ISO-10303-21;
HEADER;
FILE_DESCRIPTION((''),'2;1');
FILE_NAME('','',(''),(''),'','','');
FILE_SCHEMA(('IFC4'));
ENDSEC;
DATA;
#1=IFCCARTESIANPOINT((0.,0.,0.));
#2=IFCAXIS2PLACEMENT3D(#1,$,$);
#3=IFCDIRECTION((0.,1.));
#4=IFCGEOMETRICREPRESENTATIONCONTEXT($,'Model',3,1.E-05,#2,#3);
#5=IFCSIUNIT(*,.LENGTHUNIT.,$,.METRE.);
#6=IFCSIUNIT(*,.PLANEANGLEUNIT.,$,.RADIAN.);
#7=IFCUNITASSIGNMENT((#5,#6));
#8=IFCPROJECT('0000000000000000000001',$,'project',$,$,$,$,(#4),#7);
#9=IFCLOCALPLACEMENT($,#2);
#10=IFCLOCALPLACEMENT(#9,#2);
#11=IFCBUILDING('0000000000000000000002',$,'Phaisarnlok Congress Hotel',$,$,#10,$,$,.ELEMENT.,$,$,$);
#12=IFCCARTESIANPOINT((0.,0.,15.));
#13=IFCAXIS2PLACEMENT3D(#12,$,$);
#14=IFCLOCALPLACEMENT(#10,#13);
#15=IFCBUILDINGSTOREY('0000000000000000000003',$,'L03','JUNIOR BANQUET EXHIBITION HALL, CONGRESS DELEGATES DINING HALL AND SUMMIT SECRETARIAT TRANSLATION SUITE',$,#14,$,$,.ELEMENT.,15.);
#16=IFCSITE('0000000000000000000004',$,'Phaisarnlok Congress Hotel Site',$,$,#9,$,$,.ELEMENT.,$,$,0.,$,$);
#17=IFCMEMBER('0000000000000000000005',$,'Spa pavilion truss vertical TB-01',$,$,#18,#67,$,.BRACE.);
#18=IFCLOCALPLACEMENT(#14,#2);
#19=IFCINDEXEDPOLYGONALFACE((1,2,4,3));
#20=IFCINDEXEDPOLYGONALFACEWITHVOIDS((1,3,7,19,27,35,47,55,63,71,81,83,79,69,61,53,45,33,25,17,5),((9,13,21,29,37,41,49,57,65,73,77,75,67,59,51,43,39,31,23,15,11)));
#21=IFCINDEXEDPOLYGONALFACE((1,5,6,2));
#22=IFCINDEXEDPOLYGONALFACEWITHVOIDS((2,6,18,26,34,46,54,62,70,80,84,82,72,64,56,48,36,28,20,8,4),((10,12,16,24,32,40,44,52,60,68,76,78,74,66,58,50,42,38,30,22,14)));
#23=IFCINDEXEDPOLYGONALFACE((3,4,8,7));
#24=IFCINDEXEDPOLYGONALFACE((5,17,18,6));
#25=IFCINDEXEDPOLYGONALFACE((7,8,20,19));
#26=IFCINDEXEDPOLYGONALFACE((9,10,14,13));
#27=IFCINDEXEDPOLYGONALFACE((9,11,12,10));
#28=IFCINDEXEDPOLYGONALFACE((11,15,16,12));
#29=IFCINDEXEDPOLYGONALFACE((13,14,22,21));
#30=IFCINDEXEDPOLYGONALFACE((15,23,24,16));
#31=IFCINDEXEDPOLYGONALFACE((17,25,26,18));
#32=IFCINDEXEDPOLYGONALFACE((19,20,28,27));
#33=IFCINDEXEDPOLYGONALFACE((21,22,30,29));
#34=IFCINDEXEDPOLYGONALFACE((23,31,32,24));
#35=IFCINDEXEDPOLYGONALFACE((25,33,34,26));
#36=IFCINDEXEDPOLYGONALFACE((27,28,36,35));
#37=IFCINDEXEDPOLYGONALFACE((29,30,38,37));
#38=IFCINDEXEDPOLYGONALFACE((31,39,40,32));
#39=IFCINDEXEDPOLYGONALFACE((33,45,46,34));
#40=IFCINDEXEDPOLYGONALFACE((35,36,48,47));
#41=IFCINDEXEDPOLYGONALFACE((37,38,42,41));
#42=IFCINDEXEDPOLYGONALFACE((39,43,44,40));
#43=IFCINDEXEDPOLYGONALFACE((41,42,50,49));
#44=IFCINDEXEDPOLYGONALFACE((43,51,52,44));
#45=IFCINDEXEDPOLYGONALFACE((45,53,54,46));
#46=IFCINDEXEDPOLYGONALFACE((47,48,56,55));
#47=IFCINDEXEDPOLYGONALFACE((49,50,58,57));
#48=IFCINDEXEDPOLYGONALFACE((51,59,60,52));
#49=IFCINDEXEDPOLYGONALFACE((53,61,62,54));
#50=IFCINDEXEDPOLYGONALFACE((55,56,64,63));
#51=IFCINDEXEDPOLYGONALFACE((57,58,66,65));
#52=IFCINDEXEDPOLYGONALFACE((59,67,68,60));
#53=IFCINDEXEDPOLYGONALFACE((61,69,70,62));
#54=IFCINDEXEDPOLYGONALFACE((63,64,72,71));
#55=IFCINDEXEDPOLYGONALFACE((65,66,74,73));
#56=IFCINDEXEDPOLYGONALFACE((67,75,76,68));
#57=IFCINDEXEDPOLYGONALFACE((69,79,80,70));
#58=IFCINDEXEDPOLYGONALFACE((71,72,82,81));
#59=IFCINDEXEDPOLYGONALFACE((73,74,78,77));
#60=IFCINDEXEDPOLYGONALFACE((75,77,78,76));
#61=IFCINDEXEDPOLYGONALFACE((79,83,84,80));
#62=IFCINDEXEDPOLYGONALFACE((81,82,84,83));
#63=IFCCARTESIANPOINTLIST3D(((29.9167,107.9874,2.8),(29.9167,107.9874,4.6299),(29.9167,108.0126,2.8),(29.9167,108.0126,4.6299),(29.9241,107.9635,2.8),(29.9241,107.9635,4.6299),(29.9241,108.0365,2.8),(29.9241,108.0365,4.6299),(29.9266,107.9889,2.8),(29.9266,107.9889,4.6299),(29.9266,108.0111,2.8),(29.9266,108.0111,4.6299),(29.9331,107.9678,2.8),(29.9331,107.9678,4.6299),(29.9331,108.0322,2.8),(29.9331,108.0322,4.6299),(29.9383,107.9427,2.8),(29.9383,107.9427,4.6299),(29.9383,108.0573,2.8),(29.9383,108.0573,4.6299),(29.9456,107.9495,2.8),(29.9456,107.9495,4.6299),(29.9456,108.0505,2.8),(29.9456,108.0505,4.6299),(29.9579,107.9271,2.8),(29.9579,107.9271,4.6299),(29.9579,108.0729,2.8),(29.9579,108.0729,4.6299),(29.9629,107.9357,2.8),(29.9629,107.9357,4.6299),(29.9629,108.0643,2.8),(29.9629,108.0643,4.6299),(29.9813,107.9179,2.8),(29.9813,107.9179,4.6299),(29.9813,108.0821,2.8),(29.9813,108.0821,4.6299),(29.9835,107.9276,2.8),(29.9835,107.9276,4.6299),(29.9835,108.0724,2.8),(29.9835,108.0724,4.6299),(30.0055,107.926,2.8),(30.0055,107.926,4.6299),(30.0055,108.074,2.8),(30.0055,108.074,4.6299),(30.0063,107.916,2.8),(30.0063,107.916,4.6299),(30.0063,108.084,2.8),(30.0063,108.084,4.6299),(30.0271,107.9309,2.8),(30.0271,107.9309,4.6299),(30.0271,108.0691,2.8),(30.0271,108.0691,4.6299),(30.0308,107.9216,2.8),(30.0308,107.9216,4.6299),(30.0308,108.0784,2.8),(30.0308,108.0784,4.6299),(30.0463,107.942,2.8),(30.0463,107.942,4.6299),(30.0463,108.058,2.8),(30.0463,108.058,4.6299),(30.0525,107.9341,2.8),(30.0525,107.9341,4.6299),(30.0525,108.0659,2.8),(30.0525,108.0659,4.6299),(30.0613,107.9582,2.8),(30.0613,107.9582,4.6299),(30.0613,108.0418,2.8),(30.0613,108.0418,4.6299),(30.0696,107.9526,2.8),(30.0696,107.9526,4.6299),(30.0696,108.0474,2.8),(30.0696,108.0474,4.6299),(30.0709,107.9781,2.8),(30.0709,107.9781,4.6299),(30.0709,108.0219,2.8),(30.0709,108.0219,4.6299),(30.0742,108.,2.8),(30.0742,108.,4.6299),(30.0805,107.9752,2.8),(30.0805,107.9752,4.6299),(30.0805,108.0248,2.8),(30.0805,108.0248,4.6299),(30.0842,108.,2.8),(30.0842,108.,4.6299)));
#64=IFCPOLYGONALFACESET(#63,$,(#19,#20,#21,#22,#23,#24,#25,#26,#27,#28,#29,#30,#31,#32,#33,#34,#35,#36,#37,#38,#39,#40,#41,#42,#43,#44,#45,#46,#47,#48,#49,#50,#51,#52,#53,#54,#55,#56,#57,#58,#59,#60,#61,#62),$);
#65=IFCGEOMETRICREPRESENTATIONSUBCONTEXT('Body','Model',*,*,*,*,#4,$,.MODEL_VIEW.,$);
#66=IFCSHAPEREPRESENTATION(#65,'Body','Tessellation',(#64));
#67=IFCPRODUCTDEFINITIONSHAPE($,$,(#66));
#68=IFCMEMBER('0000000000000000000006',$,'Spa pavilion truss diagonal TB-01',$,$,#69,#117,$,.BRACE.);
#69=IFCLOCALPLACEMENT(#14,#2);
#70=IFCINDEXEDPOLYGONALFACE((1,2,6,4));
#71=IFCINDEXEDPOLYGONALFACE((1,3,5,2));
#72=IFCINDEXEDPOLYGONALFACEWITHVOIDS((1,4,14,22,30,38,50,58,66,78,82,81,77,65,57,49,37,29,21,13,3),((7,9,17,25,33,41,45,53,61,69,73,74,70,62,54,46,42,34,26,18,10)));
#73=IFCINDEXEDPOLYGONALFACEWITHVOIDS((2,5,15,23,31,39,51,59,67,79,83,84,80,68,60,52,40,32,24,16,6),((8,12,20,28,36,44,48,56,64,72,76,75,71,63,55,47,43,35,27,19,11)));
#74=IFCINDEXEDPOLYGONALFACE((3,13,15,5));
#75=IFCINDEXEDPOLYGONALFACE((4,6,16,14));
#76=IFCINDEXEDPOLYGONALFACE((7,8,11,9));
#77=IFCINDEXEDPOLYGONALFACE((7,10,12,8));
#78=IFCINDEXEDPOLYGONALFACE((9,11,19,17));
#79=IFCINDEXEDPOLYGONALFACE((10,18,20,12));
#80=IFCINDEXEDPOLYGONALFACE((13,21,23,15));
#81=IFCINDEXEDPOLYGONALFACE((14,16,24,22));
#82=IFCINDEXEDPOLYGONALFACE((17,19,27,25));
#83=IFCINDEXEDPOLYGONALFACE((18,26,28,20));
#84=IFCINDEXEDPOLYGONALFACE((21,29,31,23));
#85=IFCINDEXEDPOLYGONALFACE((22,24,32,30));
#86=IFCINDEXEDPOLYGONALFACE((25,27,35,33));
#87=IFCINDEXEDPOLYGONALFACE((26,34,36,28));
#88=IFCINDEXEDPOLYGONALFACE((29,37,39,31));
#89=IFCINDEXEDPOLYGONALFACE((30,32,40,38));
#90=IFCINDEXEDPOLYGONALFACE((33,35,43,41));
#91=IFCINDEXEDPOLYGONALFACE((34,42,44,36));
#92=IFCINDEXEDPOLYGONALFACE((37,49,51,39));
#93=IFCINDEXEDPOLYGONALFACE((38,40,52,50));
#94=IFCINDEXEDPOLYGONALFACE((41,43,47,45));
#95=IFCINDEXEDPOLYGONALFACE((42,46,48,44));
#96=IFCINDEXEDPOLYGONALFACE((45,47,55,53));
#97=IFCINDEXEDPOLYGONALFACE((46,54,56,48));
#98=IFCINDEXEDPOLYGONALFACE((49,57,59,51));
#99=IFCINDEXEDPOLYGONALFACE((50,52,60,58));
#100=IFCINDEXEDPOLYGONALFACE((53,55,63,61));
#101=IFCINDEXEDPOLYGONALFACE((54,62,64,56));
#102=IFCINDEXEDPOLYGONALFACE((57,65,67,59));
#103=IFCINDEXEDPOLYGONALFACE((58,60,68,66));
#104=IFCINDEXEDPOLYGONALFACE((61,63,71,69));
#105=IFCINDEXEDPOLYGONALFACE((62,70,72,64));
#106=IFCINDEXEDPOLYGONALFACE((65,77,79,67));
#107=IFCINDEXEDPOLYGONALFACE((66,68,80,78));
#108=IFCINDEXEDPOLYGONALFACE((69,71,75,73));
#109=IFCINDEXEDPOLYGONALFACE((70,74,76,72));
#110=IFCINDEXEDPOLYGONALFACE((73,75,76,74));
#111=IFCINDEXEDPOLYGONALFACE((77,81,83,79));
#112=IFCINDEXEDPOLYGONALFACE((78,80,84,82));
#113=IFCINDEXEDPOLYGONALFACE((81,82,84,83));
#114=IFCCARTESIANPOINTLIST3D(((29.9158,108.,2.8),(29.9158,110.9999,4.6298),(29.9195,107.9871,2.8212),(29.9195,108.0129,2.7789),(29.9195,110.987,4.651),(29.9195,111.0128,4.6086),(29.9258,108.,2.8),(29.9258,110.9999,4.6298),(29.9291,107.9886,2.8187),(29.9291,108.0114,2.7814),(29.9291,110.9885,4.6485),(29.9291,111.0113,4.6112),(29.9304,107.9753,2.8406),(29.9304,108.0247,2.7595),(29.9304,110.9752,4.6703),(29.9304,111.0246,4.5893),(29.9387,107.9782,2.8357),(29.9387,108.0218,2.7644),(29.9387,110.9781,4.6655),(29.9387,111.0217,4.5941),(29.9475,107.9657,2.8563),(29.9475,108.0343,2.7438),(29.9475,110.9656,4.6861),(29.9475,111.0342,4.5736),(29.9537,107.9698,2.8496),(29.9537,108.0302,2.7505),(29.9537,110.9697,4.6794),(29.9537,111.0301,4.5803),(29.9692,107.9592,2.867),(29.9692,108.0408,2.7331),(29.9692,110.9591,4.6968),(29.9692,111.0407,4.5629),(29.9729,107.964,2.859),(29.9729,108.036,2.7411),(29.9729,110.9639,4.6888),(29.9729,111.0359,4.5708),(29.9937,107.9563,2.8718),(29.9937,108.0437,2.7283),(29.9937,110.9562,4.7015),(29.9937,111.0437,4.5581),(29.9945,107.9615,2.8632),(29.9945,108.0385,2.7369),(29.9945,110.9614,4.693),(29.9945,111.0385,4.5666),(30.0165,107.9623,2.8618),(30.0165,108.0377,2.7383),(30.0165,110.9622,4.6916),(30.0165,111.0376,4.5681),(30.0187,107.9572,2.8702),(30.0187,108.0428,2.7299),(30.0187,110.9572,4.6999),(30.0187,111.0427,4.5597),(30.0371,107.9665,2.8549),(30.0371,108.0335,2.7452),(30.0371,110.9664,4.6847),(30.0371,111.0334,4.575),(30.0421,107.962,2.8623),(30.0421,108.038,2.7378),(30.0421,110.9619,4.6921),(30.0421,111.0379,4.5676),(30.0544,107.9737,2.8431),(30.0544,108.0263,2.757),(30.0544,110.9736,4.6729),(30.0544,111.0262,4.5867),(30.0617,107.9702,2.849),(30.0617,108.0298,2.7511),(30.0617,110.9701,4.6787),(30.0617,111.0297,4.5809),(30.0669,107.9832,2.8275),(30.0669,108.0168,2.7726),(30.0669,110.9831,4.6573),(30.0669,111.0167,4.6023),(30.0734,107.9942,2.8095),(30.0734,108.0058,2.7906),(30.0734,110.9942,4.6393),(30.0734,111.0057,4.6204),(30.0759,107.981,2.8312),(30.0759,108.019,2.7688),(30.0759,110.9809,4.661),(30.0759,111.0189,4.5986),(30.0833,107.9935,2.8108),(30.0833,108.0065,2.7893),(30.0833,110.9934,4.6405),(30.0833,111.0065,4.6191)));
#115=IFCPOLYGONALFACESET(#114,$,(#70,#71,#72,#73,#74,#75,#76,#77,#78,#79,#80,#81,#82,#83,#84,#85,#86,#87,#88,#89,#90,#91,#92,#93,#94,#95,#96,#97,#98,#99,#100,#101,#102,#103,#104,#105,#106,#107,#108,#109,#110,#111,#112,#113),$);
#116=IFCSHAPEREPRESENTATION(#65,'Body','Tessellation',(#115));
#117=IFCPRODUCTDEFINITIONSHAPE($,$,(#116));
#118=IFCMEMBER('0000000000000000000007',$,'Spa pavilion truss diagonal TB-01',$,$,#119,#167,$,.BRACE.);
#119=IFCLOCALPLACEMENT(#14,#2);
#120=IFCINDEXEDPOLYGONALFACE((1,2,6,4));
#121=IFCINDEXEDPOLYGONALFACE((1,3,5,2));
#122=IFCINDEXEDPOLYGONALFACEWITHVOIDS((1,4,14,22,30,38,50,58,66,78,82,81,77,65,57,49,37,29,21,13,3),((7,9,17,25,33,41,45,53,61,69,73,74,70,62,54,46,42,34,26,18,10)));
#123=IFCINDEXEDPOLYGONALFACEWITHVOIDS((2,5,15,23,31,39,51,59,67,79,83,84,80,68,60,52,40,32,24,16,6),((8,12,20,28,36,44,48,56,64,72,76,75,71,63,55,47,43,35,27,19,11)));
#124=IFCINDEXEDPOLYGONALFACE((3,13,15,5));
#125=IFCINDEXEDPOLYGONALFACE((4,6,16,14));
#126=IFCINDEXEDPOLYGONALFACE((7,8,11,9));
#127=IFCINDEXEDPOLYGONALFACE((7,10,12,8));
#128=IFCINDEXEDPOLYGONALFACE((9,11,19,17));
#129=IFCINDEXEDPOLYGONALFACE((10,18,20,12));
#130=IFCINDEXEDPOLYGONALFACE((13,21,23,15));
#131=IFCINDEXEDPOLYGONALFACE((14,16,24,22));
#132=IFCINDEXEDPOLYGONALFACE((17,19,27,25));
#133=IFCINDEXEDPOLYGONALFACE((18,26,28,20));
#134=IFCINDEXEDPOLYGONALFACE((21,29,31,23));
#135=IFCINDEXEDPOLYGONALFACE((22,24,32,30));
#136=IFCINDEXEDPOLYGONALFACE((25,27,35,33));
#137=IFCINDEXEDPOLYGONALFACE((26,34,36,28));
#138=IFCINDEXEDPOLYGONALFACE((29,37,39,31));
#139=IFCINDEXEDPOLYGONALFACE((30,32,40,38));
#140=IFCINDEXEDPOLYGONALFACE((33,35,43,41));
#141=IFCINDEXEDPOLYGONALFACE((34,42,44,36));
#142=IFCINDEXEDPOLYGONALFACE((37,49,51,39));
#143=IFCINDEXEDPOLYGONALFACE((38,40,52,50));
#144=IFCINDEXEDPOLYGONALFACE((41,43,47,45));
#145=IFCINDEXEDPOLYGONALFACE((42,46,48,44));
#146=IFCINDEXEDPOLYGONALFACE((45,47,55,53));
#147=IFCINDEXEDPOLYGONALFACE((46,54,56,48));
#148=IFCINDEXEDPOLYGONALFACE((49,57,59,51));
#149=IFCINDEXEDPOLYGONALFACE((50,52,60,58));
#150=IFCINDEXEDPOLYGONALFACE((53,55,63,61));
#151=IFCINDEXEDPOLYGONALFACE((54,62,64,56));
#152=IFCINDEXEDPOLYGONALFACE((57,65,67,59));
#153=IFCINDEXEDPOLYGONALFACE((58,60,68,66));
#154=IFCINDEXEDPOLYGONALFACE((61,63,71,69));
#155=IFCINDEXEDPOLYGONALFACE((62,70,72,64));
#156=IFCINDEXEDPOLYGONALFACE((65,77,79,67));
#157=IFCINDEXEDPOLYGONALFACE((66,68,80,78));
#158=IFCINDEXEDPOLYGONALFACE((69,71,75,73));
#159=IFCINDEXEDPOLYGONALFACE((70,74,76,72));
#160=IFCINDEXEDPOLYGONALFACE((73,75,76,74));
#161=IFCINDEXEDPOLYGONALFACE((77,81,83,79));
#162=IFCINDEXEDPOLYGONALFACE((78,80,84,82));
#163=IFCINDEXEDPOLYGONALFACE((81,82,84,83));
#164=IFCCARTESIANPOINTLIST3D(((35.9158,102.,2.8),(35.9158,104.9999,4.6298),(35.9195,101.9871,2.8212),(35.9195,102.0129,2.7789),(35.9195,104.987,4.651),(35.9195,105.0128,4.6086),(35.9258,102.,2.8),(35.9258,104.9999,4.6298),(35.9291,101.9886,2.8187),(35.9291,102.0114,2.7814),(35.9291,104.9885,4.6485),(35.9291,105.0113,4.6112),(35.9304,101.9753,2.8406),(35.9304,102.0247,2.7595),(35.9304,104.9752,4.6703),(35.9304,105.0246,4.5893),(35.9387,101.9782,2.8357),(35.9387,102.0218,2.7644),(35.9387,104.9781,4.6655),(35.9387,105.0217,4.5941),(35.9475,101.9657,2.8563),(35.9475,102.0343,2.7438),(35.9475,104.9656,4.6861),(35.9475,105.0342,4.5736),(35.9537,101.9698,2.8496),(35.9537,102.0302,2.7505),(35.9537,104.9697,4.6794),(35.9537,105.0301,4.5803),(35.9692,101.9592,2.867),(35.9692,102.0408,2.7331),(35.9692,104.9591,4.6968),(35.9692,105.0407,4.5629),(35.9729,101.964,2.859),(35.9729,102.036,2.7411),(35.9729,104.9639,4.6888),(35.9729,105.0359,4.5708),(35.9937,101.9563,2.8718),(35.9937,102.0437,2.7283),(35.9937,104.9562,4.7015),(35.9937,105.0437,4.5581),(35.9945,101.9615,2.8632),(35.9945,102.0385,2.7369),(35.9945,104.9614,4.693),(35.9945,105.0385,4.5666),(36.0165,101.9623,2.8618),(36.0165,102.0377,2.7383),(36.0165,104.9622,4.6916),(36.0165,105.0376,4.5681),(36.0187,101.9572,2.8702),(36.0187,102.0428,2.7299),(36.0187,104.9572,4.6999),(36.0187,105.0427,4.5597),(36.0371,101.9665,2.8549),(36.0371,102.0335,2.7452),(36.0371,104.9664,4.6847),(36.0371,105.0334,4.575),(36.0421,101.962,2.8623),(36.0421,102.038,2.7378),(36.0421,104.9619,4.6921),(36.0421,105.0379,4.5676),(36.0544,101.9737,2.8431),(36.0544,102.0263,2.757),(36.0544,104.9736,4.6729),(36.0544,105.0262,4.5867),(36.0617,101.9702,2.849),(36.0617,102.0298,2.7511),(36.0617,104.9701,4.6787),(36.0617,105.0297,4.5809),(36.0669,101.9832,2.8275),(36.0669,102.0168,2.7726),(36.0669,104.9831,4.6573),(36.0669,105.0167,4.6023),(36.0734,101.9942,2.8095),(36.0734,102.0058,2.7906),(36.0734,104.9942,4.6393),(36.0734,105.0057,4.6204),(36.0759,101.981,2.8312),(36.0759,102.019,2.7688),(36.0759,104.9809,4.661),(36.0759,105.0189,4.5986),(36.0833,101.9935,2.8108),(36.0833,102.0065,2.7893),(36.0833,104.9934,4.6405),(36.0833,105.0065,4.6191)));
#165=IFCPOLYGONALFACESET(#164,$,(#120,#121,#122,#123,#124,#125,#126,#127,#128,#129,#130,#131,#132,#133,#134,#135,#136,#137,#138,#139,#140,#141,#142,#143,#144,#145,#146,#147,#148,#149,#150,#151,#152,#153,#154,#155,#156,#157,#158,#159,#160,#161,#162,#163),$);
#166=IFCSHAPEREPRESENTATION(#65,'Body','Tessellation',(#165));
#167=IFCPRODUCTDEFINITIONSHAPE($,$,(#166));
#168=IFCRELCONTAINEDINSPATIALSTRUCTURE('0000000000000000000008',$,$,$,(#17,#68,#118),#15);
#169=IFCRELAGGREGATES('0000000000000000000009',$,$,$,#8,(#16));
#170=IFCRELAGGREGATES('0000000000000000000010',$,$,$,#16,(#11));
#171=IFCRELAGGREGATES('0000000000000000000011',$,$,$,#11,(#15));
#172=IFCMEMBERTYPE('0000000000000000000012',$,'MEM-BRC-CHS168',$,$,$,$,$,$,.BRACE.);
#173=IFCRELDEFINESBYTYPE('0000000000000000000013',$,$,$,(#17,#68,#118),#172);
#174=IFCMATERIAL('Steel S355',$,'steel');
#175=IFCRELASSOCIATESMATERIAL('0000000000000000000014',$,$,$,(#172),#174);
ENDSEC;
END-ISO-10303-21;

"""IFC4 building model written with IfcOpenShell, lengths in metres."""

from ifc_helpers import new_model, si_unit, direction, frame, origin, origin_2d, place, context, subcontext, project, spatial, hollow_circle, extrude, material, material_profile, profile_set, type_object, element, save


model = new_model("IFC4")

# Units and contexts
model_context = context("Model", 3, precision=1e-05, world=origin(), true_north=direction((0.0, 1.0)))
body_context = subcontext(model_context, "Body", "Model", "MODEL_VIEW")
ifc_project = project(units=[si_unit("LENGTHUNIT", "METRE"), si_unit("PLANEANGLEUNIT", "RADIAN")], contexts=[model_context])

# Site, building, storey
site_placement = place(None, origin())
site = spatial("IfcSite", under=ifc_project, at=site_placement, Name="Phaisarnlok Congress Hotel Site", CompositionType="ELEMENT", RefElevation=0.0)
building_placement = place(site_placement, origin())
building = spatial("IfcBuilding", under=site, at=building_placement, Name="Phaisarnlok Congress Hotel", CompositionType="ELEMENT")
storey_placement = place(building_placement, frame((0.0, 0.0, 15.0)))
storey = spatial("IfcBuildingStorey", under=building, at=storey_placement, Name="L03", Description="JUNIOR BANQUET EXHIBITION HALL, CONGRESS DELEGATES DINING HALL AND SUMMIT SECRETARIAT TRANSLATION SUITE", CompositionType="ELEMENT", Elevation=15.0)

# Members
ifc_material_1 = material(Name="Steel S355", Category="steel")
ifc_material_profile_1 = material_profile(ifc_material_1, hollow_circle(Radius=0.0842, WallThickness=0.01, at=origin_2d()), Name="CHS 168.3x10")
ifc_profile_set_1 = profile_set([ifc_material_profile_1], Name="Steel S355")
member_type_1 = type_object("IfcMemberType", Name="MEM-BRC-CHS168", PredefinedType="BRACE", material=ifc_profile_set_1)
member_1_placement = place(storey_placement, frame((30.0, 108.0, 2.8), z_axis=(0.0, 0.0, 1.0), x_axis=(1.0, 0.0, 0.0)))
element("IfcMember", 1, at=member_1_placement, inside=storey, type_object=member_type_1, Name="Spa pavilion truss vertical TB-01", PredefinedType="BRACE", context=body_context, shape_type="SweptSolid", body=[
    extrude(hollow_circle(Radius=0.0842, WallThickness=0.01, at=origin_2d()), origin(), (0.0, 0.0, 1.0), 1.8298),
])
for number, where, z_axis, x_axis, name in (
    (2, (30.0, 108.0, 2.8), (0.0, 0.853725, 0.520725), (-1.0, 0.0, 0.0), "Spa pavilion truss diagonal TB-01"),
    (3, (36.0, 102.0, 2.8), (0.0, 0.853725, 0.520725), (-1.0, 0.0, 0.0), "Spa pavilion truss diagonal TB-01"),
):
    element("IfcMember", number, at=place(storey_placement, frame(where, z_axis=z_axis, x_axis=x_axis)), inside=storey, type_object=member_type_1, Name=name, PredefinedType="BRACE", context=body_context, shape_type="SweptSolid", body=[
        extrude(hollow_circle(Radius=0.0842, WallThickness=0.01, at=origin_2d()), origin(), (0.0, 0.0, 1.0), 3.5139),
    ])

save(model, "model.ifc")
